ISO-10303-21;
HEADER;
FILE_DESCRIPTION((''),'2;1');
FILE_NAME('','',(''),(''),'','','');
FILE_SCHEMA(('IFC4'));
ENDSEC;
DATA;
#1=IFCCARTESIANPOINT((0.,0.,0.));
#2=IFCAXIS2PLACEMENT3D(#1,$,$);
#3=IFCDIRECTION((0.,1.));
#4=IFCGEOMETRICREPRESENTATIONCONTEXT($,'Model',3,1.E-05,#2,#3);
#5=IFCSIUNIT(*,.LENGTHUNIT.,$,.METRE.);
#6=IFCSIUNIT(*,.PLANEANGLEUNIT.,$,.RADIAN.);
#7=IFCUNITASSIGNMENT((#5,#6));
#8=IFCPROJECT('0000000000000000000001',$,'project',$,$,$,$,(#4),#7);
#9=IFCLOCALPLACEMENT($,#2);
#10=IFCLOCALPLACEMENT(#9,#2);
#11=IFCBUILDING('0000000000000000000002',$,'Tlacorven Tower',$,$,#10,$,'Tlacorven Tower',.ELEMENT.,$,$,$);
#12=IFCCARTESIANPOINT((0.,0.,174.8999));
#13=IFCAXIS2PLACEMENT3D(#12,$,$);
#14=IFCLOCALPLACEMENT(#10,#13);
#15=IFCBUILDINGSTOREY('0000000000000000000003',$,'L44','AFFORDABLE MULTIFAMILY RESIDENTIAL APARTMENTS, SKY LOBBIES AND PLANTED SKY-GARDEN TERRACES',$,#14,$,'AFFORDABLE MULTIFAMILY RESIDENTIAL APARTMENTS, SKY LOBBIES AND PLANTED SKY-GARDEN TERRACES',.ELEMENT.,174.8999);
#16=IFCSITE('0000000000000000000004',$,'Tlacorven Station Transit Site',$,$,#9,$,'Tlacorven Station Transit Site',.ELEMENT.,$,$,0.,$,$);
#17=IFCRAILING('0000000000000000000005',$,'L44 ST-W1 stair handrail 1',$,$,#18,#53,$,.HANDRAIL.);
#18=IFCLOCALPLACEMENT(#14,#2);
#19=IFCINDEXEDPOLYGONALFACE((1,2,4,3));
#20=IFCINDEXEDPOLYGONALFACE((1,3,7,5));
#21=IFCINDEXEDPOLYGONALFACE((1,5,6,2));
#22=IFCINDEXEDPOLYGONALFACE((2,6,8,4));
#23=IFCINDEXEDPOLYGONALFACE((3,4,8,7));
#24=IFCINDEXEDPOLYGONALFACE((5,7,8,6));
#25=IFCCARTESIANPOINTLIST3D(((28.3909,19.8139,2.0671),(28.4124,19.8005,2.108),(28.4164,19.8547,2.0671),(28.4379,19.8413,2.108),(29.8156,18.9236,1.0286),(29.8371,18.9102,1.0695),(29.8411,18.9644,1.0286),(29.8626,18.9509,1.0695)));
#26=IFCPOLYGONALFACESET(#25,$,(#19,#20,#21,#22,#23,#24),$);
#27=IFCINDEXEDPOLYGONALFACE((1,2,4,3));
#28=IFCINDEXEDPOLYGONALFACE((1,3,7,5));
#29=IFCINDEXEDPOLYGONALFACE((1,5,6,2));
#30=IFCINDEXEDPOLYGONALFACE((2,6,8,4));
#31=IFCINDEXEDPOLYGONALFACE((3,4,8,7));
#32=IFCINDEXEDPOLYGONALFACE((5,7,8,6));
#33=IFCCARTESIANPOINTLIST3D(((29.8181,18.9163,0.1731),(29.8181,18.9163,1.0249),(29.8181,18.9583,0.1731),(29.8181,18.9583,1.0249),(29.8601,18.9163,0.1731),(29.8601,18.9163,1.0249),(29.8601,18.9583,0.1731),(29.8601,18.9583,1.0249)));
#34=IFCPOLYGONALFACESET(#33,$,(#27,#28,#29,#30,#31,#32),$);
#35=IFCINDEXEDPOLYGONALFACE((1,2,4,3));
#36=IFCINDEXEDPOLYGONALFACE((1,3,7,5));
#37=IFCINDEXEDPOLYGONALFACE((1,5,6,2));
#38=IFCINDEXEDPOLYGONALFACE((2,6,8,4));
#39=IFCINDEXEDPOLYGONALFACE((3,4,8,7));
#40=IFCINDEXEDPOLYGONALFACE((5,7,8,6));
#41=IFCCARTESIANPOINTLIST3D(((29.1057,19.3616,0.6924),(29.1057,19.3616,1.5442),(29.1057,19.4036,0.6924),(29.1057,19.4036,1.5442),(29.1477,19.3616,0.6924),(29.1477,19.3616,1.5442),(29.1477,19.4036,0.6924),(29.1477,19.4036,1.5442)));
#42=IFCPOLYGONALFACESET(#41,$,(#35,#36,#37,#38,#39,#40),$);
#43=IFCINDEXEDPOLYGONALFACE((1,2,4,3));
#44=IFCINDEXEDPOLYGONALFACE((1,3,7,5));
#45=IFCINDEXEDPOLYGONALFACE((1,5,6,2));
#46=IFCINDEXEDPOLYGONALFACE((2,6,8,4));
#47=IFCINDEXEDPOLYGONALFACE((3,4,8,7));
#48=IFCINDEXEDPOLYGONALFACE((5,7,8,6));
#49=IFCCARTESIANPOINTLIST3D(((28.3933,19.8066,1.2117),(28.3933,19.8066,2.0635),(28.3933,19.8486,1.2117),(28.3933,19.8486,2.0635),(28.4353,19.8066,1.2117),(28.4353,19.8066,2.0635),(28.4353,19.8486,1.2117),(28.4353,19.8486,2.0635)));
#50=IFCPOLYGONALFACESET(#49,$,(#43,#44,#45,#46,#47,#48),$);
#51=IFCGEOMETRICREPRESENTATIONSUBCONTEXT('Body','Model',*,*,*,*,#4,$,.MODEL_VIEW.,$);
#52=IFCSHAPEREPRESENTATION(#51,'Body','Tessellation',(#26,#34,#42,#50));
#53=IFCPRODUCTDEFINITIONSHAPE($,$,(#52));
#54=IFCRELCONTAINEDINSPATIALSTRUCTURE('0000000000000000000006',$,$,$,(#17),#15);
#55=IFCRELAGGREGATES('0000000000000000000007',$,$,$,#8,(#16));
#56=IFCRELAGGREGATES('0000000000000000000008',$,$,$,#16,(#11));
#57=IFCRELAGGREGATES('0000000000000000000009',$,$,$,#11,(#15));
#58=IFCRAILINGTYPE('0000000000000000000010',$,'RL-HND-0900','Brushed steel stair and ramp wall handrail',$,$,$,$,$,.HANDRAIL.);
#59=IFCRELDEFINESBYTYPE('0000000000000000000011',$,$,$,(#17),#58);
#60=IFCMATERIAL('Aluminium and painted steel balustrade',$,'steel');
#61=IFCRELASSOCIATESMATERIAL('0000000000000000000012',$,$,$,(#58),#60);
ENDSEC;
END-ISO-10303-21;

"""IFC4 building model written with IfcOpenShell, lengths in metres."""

from ifc_helpers import new_model, si_unit, direction, frame, origin, origin_2d, place, context, subcontext, project, spatial, rectangle, extrude, source, transform, mapped, material, type_object, element, save


model = new_model("IFC4")

# Units and contexts
model_context = context("Model", 3, precision=1e-05, world=origin(), true_north=direction((0.0, 1.0)))
body_context = subcontext(model_context, "Body", "Model", "MODEL_VIEW")
ifc_project = project(units=[si_unit("LENGTHUNIT", "METRE"), si_unit("PLANEANGLEUNIT", "RADIAN")], contexts=[model_context])

# Site, building, storey
site_placement = place(None, origin())
site = spatial("IfcSite", under=ifc_project, at=site_placement, Name="Tlacorven Station Transit Site", LongName="Tlacorven Station Transit Site", CompositionType="ELEMENT", RefElevation=0.0)
building_placement = place(site_placement, origin())
building = spatial("IfcBuilding", under=site, at=building_placement, Name="Tlacorven Tower", LongName="Tlacorven Tower", CompositionType="ELEMENT")
storey_placement = place(building_placement, frame((0.0, 0.0, 174.8999)))
storey = spatial("IfcBuildingStorey", under=building, at=storey_placement, Name="L44", Description="AFFORDABLE MULTIFAMILY RESIDENTIAL APARTMENTS, SKY LOBBIES AND PLANTED SKY-GARDEN TERRACES", LongName="AFFORDABLE MULTIFAMILY RESIDENTIAL APARTMENTS, SKY LOBBIES AND PLANTED SKY-GARDEN TERRACES", CompositionType="ELEMENT", Elevation=174.8999)

# Railing
ifc_material_1 = material(Name="Aluminium and painted steel balustrade", Category="steel")
railing_type = type_object("IfcRailingType", Name="RL-HND-0900", Description="Brushed steel stair and ramp wall handrail", PredefinedType="HANDRAIL", material=ifc_material_1)
shared_shape_1 = source(origin(), body_context, "Body", "SweptSolid", [
    extrude(rectangle(XDim=0.0481, YDim=0.0481, at=origin_2d()), frame((0.0, 0.0, 0.876), z_axis=(-0.721341, 0.450776, 0.525803), x_axis=(-0.529947, -0.848031, 0.0)), (0.0, 0.0, 1.0), 1.9751),
    extrude(rectangle(XDim=0.042, YDim=0.042, at=origin_2d()), origin(), (0.0, 0.0, 1.0), 0.8518),
    extrude(rectangle(XDim=0.042, YDim=0.042, at=origin_2d()), frame((-0.7124, 0.4453, 0.5193)), (0.0, 0.0, 1.0), 0.8518),
    extrude(rectangle(XDim=0.042, YDim=0.042, at=origin_2d()), frame((-1.4248, 0.8904, 1.0386)), (0.0, 0.0, 1.0), 0.8518),
])
railing_placement = place(storey_placement, frame((29.8391, 18.9373, 0.1731)))
element("IfcRailing", 1, at=railing_placement, inside=storey, type_object=railing_type, Name="L44 ST-W1 stair handrail 1", PredefinedType="HANDRAIL", context=body_context, shape_type="MappedRepresentation", body=[
    mapped(shared_shape_1, transform((0.0, 0.0, 0.0), scale=1.0)),
])

save(model, "model.ifc")
